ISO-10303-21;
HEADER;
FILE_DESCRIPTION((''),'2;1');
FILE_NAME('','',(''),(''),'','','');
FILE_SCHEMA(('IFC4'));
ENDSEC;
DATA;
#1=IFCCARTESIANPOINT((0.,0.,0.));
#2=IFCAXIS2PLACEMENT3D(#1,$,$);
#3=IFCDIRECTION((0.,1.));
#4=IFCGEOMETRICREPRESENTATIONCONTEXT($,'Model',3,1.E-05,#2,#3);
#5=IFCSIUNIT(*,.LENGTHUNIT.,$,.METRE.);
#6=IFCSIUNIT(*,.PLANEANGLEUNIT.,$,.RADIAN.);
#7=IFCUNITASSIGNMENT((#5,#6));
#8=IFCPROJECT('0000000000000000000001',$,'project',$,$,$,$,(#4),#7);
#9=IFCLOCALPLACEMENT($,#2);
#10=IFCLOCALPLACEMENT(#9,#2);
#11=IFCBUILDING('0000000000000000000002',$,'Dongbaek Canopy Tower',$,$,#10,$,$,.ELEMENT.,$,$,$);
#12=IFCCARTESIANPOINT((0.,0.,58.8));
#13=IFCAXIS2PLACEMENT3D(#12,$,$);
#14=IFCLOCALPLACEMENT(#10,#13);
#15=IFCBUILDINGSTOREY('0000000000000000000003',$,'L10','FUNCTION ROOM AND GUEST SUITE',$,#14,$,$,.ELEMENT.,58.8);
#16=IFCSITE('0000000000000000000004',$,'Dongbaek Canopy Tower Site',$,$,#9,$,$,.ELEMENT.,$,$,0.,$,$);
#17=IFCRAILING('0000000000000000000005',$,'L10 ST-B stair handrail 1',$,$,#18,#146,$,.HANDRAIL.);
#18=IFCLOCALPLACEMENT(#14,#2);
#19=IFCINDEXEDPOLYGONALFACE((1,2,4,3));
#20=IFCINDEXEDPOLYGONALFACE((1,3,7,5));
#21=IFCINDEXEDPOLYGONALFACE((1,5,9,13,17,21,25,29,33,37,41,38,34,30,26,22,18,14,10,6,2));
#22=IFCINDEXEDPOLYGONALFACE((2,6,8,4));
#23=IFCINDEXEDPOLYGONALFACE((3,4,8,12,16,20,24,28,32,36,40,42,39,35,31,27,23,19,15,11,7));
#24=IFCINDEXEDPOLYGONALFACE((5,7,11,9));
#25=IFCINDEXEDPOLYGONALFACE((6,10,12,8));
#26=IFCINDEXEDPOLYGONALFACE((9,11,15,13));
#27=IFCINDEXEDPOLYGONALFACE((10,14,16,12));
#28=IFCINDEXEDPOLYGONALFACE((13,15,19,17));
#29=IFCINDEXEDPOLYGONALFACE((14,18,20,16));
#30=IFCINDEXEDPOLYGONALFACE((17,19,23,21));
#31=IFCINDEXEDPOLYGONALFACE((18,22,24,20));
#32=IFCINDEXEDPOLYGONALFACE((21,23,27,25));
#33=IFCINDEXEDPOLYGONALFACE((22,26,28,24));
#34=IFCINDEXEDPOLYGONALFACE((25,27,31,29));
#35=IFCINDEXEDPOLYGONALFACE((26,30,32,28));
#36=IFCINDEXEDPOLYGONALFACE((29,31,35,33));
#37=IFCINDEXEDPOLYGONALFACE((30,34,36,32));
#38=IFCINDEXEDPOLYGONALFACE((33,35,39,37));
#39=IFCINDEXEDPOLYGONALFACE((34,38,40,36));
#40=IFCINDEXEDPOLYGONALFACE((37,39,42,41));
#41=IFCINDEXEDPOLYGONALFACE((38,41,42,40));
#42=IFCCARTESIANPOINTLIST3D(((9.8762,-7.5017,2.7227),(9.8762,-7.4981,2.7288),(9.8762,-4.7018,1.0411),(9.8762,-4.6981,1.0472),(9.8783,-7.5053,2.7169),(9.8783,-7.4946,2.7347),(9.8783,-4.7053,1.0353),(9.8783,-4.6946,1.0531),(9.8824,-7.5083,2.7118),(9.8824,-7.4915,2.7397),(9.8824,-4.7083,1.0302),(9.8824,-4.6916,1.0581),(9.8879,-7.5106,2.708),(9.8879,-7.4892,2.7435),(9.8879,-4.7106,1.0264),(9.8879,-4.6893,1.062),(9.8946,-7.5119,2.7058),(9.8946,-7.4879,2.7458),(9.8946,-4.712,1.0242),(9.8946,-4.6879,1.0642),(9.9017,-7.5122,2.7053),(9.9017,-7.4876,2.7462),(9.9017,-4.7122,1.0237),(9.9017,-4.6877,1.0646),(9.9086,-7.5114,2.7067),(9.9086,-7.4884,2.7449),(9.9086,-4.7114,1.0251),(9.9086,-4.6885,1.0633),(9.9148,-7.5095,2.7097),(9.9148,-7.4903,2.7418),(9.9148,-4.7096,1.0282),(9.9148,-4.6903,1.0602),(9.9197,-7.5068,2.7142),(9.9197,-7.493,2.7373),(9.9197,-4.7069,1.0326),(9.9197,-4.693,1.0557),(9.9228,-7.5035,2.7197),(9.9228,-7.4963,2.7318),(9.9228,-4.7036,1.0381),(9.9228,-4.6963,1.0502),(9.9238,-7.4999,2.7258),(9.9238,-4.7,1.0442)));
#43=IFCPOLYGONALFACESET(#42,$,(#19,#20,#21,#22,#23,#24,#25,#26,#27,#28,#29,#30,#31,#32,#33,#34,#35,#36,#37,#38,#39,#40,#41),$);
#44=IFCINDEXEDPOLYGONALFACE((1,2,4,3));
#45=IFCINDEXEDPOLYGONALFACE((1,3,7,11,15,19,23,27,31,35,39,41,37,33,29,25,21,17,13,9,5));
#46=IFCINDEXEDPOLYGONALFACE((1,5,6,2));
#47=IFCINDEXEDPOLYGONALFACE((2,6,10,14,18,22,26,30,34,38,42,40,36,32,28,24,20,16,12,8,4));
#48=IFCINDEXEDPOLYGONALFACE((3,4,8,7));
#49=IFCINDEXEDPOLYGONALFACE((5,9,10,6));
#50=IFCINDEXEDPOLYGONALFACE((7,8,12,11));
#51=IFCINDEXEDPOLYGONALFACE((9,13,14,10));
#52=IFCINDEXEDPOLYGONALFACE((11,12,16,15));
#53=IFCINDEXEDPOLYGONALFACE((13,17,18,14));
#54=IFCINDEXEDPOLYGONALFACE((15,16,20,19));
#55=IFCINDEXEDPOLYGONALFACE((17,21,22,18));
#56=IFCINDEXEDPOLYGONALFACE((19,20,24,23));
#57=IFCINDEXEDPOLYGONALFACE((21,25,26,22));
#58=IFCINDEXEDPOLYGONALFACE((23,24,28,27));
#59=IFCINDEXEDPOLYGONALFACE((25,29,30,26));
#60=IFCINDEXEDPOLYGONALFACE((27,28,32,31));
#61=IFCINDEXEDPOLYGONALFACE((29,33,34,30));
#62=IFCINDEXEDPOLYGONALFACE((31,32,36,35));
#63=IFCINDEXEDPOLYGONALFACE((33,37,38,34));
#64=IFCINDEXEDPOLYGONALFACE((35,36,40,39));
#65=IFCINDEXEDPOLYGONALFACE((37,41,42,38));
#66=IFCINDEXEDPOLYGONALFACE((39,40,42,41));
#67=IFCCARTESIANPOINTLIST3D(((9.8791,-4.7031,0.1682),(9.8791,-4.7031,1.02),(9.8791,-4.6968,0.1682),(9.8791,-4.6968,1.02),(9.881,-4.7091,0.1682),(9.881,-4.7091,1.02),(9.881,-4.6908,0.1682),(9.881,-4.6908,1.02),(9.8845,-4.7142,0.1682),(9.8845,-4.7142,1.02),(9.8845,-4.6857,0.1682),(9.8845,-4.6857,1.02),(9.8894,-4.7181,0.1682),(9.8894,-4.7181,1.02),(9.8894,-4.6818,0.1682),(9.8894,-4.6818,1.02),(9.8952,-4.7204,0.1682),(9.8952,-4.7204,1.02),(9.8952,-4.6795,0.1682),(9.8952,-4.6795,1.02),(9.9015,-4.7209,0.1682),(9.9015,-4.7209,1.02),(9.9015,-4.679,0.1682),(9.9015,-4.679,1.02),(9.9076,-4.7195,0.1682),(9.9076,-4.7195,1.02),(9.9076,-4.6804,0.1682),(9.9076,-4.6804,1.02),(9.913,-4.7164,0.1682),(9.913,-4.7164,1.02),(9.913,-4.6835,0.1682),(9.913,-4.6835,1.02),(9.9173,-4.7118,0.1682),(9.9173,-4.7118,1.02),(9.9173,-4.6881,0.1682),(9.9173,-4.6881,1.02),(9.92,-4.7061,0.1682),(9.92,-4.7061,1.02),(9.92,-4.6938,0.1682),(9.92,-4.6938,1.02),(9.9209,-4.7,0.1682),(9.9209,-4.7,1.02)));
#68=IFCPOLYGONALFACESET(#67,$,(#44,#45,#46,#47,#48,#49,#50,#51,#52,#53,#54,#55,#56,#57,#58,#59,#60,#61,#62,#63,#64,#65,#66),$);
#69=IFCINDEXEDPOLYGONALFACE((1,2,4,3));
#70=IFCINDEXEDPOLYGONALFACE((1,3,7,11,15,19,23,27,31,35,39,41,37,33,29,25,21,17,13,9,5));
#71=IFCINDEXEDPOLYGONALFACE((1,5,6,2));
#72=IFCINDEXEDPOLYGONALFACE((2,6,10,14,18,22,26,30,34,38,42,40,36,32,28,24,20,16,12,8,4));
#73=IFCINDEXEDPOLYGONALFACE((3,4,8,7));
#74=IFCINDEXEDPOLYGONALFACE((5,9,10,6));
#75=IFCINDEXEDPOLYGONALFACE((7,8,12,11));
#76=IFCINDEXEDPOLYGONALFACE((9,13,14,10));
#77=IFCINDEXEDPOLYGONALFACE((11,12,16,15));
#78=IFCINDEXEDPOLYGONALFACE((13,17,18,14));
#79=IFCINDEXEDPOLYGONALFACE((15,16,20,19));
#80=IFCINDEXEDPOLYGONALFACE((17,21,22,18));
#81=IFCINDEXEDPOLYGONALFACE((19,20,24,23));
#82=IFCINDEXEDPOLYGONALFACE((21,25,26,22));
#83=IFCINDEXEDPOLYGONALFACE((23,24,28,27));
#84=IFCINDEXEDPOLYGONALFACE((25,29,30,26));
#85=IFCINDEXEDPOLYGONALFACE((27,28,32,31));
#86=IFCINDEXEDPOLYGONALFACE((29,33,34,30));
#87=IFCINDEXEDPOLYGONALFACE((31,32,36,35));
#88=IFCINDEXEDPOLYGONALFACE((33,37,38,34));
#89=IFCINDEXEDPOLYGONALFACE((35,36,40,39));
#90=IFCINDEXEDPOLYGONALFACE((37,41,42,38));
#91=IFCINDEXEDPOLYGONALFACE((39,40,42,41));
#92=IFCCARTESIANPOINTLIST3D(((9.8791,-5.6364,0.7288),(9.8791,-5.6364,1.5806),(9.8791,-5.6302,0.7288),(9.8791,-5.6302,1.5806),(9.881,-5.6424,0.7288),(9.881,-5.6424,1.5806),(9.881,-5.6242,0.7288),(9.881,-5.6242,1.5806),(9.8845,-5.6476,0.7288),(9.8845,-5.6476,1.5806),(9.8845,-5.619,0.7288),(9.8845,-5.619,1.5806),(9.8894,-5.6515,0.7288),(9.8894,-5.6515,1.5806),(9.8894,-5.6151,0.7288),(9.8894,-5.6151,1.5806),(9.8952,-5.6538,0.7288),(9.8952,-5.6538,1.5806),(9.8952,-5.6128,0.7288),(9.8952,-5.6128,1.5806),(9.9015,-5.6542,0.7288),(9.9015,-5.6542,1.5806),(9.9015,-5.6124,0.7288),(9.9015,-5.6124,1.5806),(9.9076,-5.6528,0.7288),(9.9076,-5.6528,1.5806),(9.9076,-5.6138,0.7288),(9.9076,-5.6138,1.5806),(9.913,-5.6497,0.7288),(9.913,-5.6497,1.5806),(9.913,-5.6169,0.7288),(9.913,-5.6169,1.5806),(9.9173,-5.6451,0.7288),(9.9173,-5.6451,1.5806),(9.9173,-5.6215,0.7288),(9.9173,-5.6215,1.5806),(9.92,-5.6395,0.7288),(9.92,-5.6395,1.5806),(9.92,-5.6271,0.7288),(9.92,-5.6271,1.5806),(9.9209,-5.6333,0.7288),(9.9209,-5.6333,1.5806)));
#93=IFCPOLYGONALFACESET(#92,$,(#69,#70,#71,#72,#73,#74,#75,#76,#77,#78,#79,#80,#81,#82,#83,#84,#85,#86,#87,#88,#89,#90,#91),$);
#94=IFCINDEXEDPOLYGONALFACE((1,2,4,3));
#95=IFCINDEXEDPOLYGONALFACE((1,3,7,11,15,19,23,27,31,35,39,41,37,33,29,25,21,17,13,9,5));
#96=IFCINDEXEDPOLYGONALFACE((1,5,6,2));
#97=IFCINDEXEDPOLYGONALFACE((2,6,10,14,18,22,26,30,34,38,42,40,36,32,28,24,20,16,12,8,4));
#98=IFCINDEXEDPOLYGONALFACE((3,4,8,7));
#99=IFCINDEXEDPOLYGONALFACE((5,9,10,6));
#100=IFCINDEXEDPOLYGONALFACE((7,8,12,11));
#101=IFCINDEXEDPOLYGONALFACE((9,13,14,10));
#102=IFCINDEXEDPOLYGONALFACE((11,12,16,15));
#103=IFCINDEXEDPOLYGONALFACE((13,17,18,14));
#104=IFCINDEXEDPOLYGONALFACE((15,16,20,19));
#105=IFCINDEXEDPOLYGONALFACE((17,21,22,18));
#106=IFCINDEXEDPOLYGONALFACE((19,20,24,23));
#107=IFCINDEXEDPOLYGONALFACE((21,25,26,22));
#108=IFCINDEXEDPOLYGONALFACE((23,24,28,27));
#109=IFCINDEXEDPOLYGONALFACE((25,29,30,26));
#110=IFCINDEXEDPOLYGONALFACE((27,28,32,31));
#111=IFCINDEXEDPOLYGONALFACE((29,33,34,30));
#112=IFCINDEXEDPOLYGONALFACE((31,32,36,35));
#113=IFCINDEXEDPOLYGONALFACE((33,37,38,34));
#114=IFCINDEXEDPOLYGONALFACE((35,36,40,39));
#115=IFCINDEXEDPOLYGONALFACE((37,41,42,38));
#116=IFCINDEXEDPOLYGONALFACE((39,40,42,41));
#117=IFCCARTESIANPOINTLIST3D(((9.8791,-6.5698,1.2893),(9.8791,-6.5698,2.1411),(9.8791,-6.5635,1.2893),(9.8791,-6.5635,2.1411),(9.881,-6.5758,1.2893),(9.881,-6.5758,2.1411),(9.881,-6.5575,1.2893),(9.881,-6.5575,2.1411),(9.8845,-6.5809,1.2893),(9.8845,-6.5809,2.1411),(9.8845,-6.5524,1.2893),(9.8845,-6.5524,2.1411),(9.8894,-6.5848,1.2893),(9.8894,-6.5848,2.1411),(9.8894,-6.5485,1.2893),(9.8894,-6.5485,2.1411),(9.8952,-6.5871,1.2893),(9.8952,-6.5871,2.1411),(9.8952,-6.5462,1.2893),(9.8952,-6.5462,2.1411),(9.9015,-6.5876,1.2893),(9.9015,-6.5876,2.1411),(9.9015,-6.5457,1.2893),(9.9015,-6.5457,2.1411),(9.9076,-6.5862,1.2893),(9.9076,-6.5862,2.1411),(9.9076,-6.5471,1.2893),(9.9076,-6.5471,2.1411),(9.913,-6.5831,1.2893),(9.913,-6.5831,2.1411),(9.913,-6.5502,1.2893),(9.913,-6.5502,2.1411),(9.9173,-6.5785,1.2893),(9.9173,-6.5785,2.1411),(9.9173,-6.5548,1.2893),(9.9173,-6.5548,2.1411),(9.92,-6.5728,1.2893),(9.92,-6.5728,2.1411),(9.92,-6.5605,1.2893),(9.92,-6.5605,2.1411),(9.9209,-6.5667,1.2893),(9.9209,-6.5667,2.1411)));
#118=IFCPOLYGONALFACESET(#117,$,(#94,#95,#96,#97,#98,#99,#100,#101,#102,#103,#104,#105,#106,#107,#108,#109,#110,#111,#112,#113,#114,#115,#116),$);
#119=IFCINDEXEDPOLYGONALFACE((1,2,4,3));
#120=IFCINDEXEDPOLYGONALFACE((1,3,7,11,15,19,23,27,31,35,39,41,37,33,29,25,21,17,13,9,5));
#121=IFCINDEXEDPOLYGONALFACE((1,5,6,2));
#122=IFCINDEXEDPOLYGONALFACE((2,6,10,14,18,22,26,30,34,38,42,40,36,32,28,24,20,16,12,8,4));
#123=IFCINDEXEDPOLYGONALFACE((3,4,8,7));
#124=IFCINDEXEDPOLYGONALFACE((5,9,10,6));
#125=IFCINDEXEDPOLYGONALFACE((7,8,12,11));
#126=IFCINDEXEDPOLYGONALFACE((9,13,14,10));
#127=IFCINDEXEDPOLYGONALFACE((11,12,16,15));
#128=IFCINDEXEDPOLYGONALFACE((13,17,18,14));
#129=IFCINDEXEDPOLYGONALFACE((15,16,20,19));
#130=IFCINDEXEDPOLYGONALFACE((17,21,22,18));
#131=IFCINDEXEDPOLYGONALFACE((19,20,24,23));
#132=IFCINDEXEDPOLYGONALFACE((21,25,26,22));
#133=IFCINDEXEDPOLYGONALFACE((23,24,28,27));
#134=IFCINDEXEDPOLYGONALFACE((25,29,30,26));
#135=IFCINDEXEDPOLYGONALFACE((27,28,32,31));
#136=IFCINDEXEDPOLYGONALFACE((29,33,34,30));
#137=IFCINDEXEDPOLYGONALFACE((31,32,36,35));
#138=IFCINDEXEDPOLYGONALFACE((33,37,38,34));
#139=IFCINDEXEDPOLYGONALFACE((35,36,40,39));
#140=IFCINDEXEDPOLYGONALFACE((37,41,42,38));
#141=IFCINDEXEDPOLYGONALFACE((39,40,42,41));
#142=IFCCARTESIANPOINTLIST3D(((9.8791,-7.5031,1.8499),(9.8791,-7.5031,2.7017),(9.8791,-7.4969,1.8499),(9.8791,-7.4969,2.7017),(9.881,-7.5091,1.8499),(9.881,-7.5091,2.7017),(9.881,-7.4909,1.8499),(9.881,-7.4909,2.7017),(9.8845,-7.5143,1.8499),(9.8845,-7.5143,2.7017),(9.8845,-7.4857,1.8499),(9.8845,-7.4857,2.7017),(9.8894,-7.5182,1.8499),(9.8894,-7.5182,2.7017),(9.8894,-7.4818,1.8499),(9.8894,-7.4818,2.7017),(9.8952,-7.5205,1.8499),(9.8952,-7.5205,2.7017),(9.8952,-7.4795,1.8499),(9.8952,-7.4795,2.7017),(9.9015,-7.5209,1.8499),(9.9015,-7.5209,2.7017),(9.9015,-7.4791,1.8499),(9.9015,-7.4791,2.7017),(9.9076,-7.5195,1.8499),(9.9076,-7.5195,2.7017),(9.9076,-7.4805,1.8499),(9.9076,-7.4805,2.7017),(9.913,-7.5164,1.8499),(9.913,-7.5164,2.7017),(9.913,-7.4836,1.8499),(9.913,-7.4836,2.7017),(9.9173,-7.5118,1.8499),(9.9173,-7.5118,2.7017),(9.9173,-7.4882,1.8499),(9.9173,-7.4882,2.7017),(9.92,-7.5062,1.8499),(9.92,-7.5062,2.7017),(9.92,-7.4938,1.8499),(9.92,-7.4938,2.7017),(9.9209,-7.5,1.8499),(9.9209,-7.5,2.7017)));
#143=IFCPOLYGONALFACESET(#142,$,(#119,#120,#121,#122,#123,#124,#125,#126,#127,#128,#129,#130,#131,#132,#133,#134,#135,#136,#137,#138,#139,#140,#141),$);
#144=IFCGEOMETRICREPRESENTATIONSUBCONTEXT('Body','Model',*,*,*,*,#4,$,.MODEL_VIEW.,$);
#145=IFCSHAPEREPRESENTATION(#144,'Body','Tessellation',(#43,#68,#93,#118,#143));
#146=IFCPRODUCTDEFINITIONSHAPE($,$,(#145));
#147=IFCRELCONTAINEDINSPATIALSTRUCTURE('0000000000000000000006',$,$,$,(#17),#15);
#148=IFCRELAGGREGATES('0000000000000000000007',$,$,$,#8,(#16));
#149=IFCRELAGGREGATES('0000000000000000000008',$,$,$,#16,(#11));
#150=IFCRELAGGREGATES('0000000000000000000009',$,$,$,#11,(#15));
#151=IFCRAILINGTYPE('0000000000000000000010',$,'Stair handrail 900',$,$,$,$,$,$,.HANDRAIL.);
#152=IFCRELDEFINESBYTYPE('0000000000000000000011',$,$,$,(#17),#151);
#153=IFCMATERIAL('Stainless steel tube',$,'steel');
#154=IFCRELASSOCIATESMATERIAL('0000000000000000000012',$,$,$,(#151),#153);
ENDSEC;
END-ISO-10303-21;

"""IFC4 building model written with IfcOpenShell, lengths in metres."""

from ifc_helpers import new_model, si_unit, direction, frame, origin, origin_2d, place, context, subcontext, project, spatial, circle, extrude, material, type_object, element, save


model = new_model("IFC4")

# Units and contexts
model_context = context("Model", 3, precision=1e-05, world=origin(), true_north=direction((0.0, 1.0)))
body_context = subcontext(model_context, "Body", "Model", "MODEL_VIEW")
ifc_project = project(units=[si_unit("LENGTHUNIT", "METRE"), si_unit("PLANEANGLEUNIT", "RADIAN")], contexts=[model_context])

# Site, building, storey
site_placement = place(None, origin())
site = spatial("IfcSite", under=ifc_project, at=site_placement, Name="Dongbaek Canopy Tower Site", CompositionType="ELEMENT", RefElevation=0.0)
building_placement = place(site_placement, origin())
building = spatial("IfcBuilding", under=site, at=building_placement, Name="Dongbaek Canopy Tower", CompositionType="ELEMENT")
storey_placement = place(building_placement, frame((0.0, 0.0, 58.8)))
storey = spatial("IfcBuildingStorey", under=building, at=storey_placement, Name="L10", Description="FUNCTION ROOM AND GUEST SUITE", CompositionType="ELEMENT", Elevation=58.8)

# Railing
ifc_material_1 = material(Name="Stainless steel tube", Category="steel")
railing_type_1 = type_object("IfcRailingType", Name="Stair handrail 900", PredefinedType="HANDRAIL", material=ifc_material_1)
railing_1_placement = place(storey_placement, frame((9.8999, -4.7, 0.1682)))
element("IfcRailing", 1, at=railing_1_placement, inside=storey, type_object=railing_type_1, Name="L10 ST-B stair handrail 1", PredefinedType="HANDRAIL", context=body_context, shape_type="SweptSolid", body=[
    extrude(circle(Radius=0.0239, at=origin_2d()), frame((0.0, 0.0, 0.876), z_axis=(0.0, -0.857275, 0.514858), x_axis=(1.0, 0.0, 0.0)), (0.0, 0.0, 1.0), 3.2661),
    extrude(circle(Radius=0.021, at=origin_2d()), origin(), (0.0, 0.0, 1.0), 0.8518),
    extrude(circle(Radius=0.021, at=origin_2d()), frame((0.0, -0.9333, 0.5605)), (0.0, 0.0, 1.0), 0.8518),
    extrude(circle(Radius=0.021, at=origin_2d()), frame((0.0, -1.8667, 1.1211)), (0.0, 0.0, 1.0), 0.8518),
    extrude(circle(Radius=0.021, at=origin_2d()), frame((0.0, -2.8, 1.6816)), (0.0, 0.0, 1.0), 0.8518),
])

save(model, "model.ifc")
